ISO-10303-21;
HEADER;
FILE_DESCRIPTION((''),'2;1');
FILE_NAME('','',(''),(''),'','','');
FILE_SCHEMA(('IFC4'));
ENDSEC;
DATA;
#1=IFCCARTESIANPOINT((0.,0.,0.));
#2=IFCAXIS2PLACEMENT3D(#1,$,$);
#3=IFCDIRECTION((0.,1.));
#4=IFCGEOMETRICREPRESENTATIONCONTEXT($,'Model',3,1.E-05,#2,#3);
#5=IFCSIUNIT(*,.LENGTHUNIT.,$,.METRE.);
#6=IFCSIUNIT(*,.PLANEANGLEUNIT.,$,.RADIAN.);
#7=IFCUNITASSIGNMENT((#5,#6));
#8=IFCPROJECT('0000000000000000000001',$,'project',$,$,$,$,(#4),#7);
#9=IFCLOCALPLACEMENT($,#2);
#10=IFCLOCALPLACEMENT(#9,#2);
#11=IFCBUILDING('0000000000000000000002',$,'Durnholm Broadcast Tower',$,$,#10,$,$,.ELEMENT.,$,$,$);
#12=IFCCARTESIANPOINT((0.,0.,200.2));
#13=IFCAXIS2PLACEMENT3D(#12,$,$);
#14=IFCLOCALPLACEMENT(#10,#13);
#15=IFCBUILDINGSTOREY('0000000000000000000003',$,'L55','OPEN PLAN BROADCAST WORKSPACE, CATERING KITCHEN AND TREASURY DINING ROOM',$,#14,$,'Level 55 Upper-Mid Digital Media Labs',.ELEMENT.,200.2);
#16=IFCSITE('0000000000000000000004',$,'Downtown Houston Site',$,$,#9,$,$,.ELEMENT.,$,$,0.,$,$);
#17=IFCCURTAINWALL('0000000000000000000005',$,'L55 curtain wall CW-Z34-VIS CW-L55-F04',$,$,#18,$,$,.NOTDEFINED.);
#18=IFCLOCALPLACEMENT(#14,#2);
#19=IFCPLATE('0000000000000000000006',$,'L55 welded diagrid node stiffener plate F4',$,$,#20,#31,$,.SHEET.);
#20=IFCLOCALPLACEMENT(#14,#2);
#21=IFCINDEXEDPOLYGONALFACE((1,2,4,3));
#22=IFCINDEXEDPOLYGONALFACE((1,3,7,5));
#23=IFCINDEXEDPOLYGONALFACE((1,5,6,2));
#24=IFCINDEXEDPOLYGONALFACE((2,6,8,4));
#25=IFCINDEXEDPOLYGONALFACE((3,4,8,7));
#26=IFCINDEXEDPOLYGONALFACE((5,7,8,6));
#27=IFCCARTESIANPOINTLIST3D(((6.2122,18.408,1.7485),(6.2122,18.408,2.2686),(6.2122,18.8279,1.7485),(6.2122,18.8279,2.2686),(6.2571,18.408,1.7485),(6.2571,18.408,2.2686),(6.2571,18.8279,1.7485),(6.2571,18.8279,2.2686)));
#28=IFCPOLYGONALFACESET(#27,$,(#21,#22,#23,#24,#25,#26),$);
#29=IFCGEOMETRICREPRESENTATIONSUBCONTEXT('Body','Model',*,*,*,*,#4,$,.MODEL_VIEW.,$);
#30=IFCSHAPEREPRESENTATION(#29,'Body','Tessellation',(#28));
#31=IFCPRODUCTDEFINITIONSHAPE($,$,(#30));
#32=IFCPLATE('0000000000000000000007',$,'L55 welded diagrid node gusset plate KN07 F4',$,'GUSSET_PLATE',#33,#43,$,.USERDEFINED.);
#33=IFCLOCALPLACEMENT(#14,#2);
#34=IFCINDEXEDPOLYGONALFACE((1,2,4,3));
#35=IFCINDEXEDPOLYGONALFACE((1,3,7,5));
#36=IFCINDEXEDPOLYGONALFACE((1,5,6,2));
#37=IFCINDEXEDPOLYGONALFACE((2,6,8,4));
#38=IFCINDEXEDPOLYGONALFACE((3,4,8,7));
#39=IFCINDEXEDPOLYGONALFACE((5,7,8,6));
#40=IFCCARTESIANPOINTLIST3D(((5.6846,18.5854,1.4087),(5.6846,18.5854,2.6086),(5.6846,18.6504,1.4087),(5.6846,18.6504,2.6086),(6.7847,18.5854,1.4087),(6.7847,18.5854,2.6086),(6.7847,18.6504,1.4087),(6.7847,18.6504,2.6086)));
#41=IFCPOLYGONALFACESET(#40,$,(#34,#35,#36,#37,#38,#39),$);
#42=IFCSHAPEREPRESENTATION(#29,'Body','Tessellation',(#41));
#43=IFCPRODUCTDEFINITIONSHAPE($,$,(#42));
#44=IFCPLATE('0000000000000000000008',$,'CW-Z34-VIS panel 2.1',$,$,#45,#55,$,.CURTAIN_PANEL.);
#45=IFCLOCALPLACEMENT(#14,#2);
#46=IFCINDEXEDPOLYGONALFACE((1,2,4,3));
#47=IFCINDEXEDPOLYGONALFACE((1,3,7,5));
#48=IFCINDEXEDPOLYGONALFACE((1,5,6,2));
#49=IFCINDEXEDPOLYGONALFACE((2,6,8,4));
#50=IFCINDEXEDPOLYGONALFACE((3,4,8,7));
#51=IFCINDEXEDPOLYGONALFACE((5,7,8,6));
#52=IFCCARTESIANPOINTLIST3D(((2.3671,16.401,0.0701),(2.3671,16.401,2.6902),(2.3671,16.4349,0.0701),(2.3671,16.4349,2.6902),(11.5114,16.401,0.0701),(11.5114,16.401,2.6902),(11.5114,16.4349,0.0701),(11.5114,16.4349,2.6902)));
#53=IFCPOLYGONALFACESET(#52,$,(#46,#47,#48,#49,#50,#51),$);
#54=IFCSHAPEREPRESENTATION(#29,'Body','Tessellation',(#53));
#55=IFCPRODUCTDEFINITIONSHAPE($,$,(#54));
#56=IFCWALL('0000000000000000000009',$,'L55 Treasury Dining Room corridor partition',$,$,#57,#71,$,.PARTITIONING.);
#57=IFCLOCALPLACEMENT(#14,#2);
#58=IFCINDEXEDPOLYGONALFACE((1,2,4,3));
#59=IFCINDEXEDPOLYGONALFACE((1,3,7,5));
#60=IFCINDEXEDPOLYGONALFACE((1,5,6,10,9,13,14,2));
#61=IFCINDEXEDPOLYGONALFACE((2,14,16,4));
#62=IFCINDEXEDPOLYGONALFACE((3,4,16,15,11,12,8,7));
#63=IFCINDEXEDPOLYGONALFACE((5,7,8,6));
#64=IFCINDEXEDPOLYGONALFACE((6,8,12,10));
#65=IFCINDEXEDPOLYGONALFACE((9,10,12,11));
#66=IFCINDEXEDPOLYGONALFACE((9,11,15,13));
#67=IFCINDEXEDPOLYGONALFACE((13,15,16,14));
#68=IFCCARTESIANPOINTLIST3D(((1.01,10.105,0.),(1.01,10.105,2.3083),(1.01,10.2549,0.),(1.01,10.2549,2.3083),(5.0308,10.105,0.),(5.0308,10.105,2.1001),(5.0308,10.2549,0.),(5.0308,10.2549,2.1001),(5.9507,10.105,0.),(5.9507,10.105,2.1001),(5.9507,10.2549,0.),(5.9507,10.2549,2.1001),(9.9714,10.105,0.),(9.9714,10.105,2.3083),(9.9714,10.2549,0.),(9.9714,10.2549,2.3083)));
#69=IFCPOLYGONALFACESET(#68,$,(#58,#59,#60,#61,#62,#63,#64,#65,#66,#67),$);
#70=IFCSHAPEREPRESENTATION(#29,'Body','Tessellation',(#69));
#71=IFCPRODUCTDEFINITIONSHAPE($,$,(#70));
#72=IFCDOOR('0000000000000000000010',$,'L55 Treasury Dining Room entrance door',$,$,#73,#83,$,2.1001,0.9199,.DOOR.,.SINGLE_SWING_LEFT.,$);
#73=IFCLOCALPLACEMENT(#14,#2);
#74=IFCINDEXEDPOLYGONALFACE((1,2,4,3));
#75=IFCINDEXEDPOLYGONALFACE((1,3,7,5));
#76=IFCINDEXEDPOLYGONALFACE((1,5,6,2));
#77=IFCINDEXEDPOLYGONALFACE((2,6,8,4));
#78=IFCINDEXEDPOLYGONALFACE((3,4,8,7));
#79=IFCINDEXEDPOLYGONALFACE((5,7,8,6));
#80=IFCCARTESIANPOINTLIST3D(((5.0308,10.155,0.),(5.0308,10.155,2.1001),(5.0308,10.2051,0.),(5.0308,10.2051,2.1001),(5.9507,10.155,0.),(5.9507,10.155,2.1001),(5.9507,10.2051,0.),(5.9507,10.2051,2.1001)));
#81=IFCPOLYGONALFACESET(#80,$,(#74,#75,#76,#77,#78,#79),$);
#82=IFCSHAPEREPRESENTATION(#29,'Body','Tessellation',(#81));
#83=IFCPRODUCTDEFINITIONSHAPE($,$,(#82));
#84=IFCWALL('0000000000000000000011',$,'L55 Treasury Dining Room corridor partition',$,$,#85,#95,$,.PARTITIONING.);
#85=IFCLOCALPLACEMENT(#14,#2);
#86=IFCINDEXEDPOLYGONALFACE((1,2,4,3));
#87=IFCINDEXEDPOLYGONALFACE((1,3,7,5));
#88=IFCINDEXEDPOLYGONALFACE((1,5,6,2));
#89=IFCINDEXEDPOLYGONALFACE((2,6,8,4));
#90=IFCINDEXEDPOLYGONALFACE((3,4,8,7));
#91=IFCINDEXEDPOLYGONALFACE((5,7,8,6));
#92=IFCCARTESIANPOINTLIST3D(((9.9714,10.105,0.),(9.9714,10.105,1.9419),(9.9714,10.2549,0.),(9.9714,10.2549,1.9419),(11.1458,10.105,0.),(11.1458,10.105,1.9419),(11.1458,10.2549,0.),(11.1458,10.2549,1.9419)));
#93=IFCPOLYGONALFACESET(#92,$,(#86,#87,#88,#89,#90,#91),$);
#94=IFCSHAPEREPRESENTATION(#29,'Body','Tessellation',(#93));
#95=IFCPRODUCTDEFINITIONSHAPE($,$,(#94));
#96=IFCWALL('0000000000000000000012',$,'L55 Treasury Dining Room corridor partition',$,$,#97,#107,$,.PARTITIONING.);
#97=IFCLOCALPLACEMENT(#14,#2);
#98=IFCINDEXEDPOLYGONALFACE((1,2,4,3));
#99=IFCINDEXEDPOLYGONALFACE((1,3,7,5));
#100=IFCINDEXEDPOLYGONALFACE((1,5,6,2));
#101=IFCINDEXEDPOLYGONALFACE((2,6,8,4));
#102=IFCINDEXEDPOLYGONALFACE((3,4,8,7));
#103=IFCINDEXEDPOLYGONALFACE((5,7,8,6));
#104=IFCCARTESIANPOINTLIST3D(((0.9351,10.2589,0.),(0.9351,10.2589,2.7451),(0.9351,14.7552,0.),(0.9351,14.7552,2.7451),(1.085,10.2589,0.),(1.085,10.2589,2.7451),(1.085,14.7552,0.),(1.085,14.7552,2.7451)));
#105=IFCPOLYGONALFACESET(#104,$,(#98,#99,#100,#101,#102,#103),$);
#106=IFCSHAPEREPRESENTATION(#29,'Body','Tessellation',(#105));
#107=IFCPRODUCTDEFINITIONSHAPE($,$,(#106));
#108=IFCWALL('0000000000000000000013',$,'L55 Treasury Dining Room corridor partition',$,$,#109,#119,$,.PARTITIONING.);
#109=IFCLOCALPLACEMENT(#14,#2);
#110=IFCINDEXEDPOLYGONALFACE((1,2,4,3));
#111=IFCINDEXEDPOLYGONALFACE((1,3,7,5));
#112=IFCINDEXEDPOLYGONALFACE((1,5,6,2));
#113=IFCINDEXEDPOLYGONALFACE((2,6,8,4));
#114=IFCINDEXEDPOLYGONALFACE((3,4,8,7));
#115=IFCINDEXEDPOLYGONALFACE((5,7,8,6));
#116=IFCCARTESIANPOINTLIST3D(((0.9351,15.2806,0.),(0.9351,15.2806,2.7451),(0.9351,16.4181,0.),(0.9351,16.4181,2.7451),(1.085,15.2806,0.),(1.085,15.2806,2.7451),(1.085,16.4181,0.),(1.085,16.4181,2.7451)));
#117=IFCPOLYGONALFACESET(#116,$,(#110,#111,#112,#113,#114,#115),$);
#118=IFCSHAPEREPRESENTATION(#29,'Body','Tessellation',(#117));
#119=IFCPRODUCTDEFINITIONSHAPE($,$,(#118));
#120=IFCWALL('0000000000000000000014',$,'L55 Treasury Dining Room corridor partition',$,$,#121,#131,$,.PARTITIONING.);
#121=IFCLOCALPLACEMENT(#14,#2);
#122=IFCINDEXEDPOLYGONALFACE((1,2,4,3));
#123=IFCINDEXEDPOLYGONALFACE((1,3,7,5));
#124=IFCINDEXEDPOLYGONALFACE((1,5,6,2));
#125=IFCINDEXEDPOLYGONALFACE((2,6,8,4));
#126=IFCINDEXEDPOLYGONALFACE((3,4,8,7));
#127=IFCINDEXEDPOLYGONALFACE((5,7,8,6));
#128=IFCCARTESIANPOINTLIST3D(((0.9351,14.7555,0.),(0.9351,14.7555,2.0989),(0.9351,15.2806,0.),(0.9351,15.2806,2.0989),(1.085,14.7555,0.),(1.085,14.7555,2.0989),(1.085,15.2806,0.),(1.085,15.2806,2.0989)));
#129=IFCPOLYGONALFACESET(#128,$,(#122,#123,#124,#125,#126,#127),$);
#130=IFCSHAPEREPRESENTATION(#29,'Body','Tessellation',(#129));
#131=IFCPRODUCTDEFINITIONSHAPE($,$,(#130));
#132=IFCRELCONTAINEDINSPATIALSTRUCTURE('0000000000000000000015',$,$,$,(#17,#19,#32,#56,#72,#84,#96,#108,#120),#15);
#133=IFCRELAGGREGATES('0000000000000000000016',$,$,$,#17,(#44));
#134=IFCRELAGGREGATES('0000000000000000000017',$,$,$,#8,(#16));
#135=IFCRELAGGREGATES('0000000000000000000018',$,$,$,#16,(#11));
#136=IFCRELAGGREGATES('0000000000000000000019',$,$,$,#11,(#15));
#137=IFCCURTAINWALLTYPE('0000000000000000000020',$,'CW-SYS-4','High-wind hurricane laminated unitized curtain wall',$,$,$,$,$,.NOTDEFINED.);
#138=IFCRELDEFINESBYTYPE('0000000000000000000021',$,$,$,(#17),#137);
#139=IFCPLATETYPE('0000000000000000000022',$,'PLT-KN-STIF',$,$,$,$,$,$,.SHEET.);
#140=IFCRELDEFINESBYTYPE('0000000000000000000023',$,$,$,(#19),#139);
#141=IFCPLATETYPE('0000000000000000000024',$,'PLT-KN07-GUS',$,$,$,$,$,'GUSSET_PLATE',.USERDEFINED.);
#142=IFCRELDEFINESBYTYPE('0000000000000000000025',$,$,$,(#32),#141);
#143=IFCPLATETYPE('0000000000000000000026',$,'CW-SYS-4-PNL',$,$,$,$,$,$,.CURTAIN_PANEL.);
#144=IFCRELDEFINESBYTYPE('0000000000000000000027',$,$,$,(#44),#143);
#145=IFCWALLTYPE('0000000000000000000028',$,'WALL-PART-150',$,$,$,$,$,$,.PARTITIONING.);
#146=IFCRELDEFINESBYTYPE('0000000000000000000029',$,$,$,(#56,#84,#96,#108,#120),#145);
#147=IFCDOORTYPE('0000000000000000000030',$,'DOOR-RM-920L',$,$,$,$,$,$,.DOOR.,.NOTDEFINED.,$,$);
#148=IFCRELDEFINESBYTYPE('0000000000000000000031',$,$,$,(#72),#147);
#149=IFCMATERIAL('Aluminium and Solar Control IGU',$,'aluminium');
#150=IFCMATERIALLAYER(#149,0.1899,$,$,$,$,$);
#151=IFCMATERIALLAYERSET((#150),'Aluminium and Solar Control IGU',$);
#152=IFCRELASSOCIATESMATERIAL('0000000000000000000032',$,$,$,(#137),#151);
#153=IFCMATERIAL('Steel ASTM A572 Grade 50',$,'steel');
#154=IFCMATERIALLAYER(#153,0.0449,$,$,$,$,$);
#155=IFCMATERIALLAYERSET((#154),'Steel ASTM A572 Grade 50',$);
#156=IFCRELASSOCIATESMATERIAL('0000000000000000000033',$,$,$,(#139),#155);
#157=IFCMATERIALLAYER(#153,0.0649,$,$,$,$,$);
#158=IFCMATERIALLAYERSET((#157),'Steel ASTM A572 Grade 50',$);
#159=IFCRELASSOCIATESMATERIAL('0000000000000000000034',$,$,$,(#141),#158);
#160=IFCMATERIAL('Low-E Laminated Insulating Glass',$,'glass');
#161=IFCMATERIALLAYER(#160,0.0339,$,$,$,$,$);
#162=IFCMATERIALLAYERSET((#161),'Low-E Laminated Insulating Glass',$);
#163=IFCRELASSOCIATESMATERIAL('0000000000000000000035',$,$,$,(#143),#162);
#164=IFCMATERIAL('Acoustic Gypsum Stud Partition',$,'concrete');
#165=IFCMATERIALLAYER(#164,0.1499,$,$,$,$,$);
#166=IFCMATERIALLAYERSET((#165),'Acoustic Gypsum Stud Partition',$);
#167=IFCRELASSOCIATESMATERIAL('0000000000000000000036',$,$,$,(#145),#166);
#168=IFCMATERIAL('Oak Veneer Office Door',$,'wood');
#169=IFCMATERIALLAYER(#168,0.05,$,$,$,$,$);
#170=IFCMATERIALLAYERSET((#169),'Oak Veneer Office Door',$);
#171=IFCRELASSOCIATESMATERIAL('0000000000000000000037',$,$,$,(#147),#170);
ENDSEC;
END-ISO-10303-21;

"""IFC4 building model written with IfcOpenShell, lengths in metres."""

from ifc_helpers import new_model, si_unit, direction, frame, frame_2d, origin, origin_2d, place, context, subcontext, project, spatial, rectangle, extrude, source, transform, mapped, material, layer, layer_set, type_object, type_shapes, element, fill, aggregate, save


model = new_model("IFC4")

# Units and contexts
model_context = context("Model", 3, precision=1e-05, world=origin(), true_north=direction((0.0, 1.0)))
body_context = subcontext(model_context, "Body", "Model", "MODEL_VIEW")
ifc_project = project(units=[si_unit("LENGTHUNIT", "METRE"), si_unit("PLANEANGLEUNIT", "RADIAN")], contexts=[model_context])

# Site, building, storey
site_placement = place(None, origin())
site = spatial("IfcSite", under=ifc_project, at=site_placement, Name="Downtown Houston Site", CompositionType="ELEMENT", RefElevation=0.0)
building_placement = place(site_placement, origin())
building = spatial("IfcBuilding", under=site, at=building_placement, Name="Durnholm Broadcast Tower", CompositionType="ELEMENT")
storey_placement = place(building_placement, frame((0.0, 0.0, 200.2)))
storey = spatial("IfcBuildingStorey", under=building, at=storey_placement, Name="L55", Description="OPEN PLAN BROADCAST WORKSPACE, CATERING KITCHEN AND TREASURY DINING ROOM", LongName="Level 55 Upper-Mid Digital Media Labs", CompositionType="ELEMENT", Elevation=200.2)

# Curtain wall
ifc_material_1 = material(Name="Aluminium and Solar Control IGU", Category="aluminium")
ifc_layer_1 = layer(ifc_material_1, 0.1899)
ifc_layer_set_1 = layer_set([ifc_layer_1], Name="Aluminium and Solar Control IGU")
curtain_wall_type_1 = type_object("IfcCurtainWallType", Name="CW-SYS-4", Description="High-wind hurricane laminated unitized curtain wall", PredefinedType="NOTDEFINED", material=ifc_layer_set_1)
curtain_wall_1_placement = place(storey_placement, origin())
curtain_wall_1 = element("IfcCurtainWall", 1, at=curtain_wall_1_placement, inside=storey, type_object=curtain_wall_type_1, Name="L55 curtain wall CW-Z34-VIS CW-L55-F04", PredefinedType="NOTDEFINED")

# Plates
ifc_material_2 = material(Name="Steel ASTM A572 Grade 50", Category="steel")
ifc_layer_2 = layer(ifc_material_2, 0.0449)
ifc_layer_set_2 = layer_set([ifc_layer_2], Name="Steel ASTM A572 Grade 50")
plate_type_1 = type_object("IfcPlateType", Name="PLT-KN-STIF", PredefinedType="SHEET", material=ifc_layer_set_2)
shared_shape_1 = source(origin(), body_context, "Body", "SweptSolid", [
    extrude(rectangle(XDim=0.0449, YDim=0.4199, at=origin_2d()), origin(), (0.0, 0.0, 1.0), 0.52),
])
type_shapes(plate_type_1, [shared_shape_1])
plate_1_placement = place(storey_placement, frame((6.2346, 18.6179, 1.7485), z_axis=(0.0, 0.0, 1.0), x_axis=(-1.0, 0.0, 0.0)))
element("IfcPlate", 2, at=plate_1_placement, inside=storey, type_object=plate_type_1, Name="L55 welded diagrid node stiffener plate F4", PredefinedType="SHEET", context=body_context, shape_type="MappedRepresentation", body=[
    mapped(shared_shape_1, transform((0.0, 0.0, 0.0), x_axis=(1.0, 0.0, 0.0), y_axis=(0.0, 1.0, 0.0), z_axis=(0.0, 0.0, 1.0), scale=1.0)),
])
ifc_layer_3 = layer(ifc_material_2, 0.0649)
ifc_layer_set_3 = layer_set([ifc_layer_3], Name="Steel ASTM A572 Grade 50")
plate_type_2 = type_object("IfcPlateType", Name="PLT-KN07-GUS", ElementType="GUSSET_PLATE", PredefinedType="USERDEFINED", material=ifc_layer_set_3)
shared_shape_2 = source(origin(), body_context, "Body", "SweptSolid", [
    extrude(rectangle(XDim=1.1001, YDim=0.0649, at=origin_2d()), origin(), (0.0, 0.0, 1.0), 1.2),
])
type_shapes(plate_type_2, [shared_shape_2])
plate_2_placement = place(storey_placement, frame((6.2346, 18.6179, 1.4087), z_axis=(0.0, 0.0, 1.0), x_axis=(-1.0, 0.0, 0.0)))
element("IfcPlate", 3, at=plate_2_placement, inside=storey, type_object=plate_type_2, Name="L55 welded diagrid node gusset plate KN07 F4", ObjectType="GUSSET_PLATE", PredefinedType="USERDEFINED", context=body_context, shape_type="MappedRepresentation", body=[
    mapped(shared_shape_2, transform((0.0, 0.0, 0.0), x_axis=(1.0, 0.0, 0.0), y_axis=(0.0, 1.0, 0.0), z_axis=(0.0, 0.0, 1.0), scale=1.0)),
])

# Plate
ifc_material_3 = material(Name="Low-E Laminated Insulating Glass", Category="glass")
ifc_layer_4 = layer(ifc_material_3, 0.0339)
ifc_layer_set_4 = layer_set([ifc_layer_4], Name="Low-E Laminated Insulating Glass")
plate_type_3 = type_object("IfcPlateType", Name="CW-SYS-4-PNL", PredefinedType="CURTAIN_PANEL", material=ifc_layer_set_4)
shared_shape_3 = source(origin(), body_context, "Body", "SweptSolid", [
    extrude(rectangle(XDim=9.1443, YDim=0.0339, at=origin_2d()), origin(), (0.0, 0.0, 1.0), 2.6201),
])
type_shapes(plate_type_3, [shared_shape_3])
plate_3_placement = place(storey_placement, frame((6.9392, 16.418, 0.0701), z_axis=(0.0, 0.0, 1.0), x_axis=(1.0, 0.0, 0.0)))
plate_3 = element("IfcPlate", 4, at=plate_3_placement, type_object=plate_type_3, Name="CW-Z34-VIS panel 2.1", PredefinedType="CURTAIN_PANEL", context=body_context, shape_type="MappedRepresentation", body=[
    mapped(shared_shape_3, transform((0.0, 0.0, 0.0), x_axis=(1.0, 0.0, 0.0), y_axis=(0.0, 1.0, 0.0), z_axis=(0.0, 0.0, 1.0), scale=1.0)),
])
aggregate(curtain_wall_1, [plate_3])

# Wall, opening, door
ifc_material_4 = material(Name="Acoustic Gypsum Stud Partition", Category="concrete")
ifc_layer_5 = layer(ifc_material_4, 0.1499)
ifc_layer_set_5 = layer_set([ifc_layer_5], Name="Acoustic Gypsum Stud Partition")
wall_type = type_object("IfcWallType", Name="WALL-PART-150", PredefinedType="PARTITIONING", material=ifc_layer_set_5)
wall_1_placement = place(storey_placement, frame((9.9714, 10.1799, 0.0), z_axis=(0.0, 0.0, 1.0), x_axis=(-1.0, 0.0, 0.0)))
wall_1 = element("IfcWall", 5, at=wall_1_placement, inside=storey, type_object=wall_type, Name="L55 Treasury Dining Room corridor partition", PredefinedType="PARTITIONING", context=body_context, shape_type="SweptSolid", body=[
    extrude(rectangle(XDim=8.9614, YDim=0.1499, at=frame_2d((4.4807, 0.0))), origin(), (0.0, 0.0, 1.0), 2.3083),
])
opening_placement = place(wall_1_placement, frame((4.0208, 0.0, 0.0)))
opening = element("IfcOpeningElement", 6, at=opening_placement, cuts=wall_1, PredefinedType="OPENING", context=body_context, shape_type="SweptSolid", body=[
    extrude(rectangle(XDim=0.9199, YDim=2.1001, at=frame_2d((0.46, 1.05))), frame((0.0, 0.085, 0.0), z_axis=(0.0, -1.0, 0.0), x_axis=(1.0, 0.0, 0.0)), (0.0, 0.0, 1.0), 0.1699),
])
ifc_material_5 = material(Name="Oak Veneer Office Door", Category="wood")
ifc_layer_6 = layer(ifc_material_5, 0.05)
ifc_layer_set_6 = layer_set([ifc_layer_6], Name="Oak Veneer Office Door")
door_type = type_object("IfcDoorType", Name="DOOR-RM-920L", OperationType="NOTDEFINED", PredefinedType="DOOR", material=ifc_layer_set_6)
shared_shape_4 = source(origin(), body_context, "Body", "SweptSolid", [
    extrude(rectangle(XDim=0.9199, YDim=2.1001, at=frame_2d((0.46, 1.05))), frame((0.0, 0.0249, 0.0), z_axis=(0.0, -1.0, 0.0), x_axis=(1.0, 0.0, 0.0)), (0.0, 0.0, 1.0), 0.05),
])
type_shapes(door_type, [shared_shape_4])
door_placement = place(opening_placement, origin())
door = element("IfcDoor", 7, at=door_placement, inside=storey, type_object=door_type, Name="L55 Treasury Dining Room entrance door", OperationType="SINGLE_SWING_LEFT", OverallHeight=2.1001, OverallWidth=0.9199, PredefinedType="DOOR", context=body_context, shape_type="MappedRepresentation", body=[
    mapped(shared_shape_4, transform((0.0, 0.0, 0.0), x_axis=(1.0, 0.0, 0.0), y_axis=(0.0, 1.0, 0.0), z_axis=(0.0, 0.0, 1.0), scale=1.0)),
])
fill(opening, door)

# Walls
wall_2_placement = place(storey_placement, frame((11.1458, 10.1799, 0.0), z_axis=(0.0, 0.0, 1.0), x_axis=(-1.0, 0.0, 0.0)))
element("IfcWall", 8, at=wall_2_placement, inside=storey, type_object=wall_type, Name="L55 Treasury Dining Room corridor partition", PredefinedType="PARTITIONING", context=body_context, shape_type="SweptSolid", body=[
    extrude(rectangle(XDim=1.1743, YDim=0.1499, at=frame_2d((0.5872, 0.0))), origin(), (0.0, 0.0, 1.0), 1.9419),
])
wall_3_placement = place(storey_placement, frame((1.01, 10.259, 0.0), z_axis=(0.0, 0.0, 1.0), x_axis=(0.0, 1.0, 0.0)))
element("IfcWall", 9, at=wall_3_placement, inside=storey, type_object=wall_type, Name="L55 Treasury Dining Room corridor partition", PredefinedType="PARTITIONING", context=body_context, shape_type="SweptSolid", body=[
    extrude(rectangle(XDim=4.4963, YDim=0.1499, at=frame_2d((2.248, 0.0))), origin(), (0.0, 0.0, 1.0), 2.7451),
])
wall_4_placement = place(storey_placement, frame((1.01, 15.2805, 0.0), z_axis=(0.0, 0.0, 1.0), x_axis=(0.0, 1.0, 0.0)))
element("IfcWall", 10, at=wall_4_placement, inside=storey, type_object=wall_type, Name="L55 Treasury Dining Room corridor partition", PredefinedType="PARTITIONING", context=body_context, shape_type="SweptSolid", body=[
    extrude(rectangle(XDim=1.1375, YDim=0.1499, at=frame_2d((0.5688, 0.0))), origin(), (0.0, 0.0, 1.0), 2.7451),
])
wall_5_placement = place(storey_placement, frame((1.01, 14.7554, 0.0), z_axis=(0.0, 0.0, 1.0), x_axis=(0.0, 1.0, 0.0)))
element("IfcWall", 11, at=wall_5_placement, inside=storey, type_object=wall_type, Name="L55 Treasury Dining Room corridor partition", PredefinedType="PARTITIONING", context=body_context, shape_type="SweptSolid", body=[
    extrude(rectangle(XDim=0.5251, YDim=0.1499, at=frame_2d((0.2627, 0.0))), origin(), (0.0, 0.0, 1.0), 2.0989),
])

save(model, "model.ifc")
